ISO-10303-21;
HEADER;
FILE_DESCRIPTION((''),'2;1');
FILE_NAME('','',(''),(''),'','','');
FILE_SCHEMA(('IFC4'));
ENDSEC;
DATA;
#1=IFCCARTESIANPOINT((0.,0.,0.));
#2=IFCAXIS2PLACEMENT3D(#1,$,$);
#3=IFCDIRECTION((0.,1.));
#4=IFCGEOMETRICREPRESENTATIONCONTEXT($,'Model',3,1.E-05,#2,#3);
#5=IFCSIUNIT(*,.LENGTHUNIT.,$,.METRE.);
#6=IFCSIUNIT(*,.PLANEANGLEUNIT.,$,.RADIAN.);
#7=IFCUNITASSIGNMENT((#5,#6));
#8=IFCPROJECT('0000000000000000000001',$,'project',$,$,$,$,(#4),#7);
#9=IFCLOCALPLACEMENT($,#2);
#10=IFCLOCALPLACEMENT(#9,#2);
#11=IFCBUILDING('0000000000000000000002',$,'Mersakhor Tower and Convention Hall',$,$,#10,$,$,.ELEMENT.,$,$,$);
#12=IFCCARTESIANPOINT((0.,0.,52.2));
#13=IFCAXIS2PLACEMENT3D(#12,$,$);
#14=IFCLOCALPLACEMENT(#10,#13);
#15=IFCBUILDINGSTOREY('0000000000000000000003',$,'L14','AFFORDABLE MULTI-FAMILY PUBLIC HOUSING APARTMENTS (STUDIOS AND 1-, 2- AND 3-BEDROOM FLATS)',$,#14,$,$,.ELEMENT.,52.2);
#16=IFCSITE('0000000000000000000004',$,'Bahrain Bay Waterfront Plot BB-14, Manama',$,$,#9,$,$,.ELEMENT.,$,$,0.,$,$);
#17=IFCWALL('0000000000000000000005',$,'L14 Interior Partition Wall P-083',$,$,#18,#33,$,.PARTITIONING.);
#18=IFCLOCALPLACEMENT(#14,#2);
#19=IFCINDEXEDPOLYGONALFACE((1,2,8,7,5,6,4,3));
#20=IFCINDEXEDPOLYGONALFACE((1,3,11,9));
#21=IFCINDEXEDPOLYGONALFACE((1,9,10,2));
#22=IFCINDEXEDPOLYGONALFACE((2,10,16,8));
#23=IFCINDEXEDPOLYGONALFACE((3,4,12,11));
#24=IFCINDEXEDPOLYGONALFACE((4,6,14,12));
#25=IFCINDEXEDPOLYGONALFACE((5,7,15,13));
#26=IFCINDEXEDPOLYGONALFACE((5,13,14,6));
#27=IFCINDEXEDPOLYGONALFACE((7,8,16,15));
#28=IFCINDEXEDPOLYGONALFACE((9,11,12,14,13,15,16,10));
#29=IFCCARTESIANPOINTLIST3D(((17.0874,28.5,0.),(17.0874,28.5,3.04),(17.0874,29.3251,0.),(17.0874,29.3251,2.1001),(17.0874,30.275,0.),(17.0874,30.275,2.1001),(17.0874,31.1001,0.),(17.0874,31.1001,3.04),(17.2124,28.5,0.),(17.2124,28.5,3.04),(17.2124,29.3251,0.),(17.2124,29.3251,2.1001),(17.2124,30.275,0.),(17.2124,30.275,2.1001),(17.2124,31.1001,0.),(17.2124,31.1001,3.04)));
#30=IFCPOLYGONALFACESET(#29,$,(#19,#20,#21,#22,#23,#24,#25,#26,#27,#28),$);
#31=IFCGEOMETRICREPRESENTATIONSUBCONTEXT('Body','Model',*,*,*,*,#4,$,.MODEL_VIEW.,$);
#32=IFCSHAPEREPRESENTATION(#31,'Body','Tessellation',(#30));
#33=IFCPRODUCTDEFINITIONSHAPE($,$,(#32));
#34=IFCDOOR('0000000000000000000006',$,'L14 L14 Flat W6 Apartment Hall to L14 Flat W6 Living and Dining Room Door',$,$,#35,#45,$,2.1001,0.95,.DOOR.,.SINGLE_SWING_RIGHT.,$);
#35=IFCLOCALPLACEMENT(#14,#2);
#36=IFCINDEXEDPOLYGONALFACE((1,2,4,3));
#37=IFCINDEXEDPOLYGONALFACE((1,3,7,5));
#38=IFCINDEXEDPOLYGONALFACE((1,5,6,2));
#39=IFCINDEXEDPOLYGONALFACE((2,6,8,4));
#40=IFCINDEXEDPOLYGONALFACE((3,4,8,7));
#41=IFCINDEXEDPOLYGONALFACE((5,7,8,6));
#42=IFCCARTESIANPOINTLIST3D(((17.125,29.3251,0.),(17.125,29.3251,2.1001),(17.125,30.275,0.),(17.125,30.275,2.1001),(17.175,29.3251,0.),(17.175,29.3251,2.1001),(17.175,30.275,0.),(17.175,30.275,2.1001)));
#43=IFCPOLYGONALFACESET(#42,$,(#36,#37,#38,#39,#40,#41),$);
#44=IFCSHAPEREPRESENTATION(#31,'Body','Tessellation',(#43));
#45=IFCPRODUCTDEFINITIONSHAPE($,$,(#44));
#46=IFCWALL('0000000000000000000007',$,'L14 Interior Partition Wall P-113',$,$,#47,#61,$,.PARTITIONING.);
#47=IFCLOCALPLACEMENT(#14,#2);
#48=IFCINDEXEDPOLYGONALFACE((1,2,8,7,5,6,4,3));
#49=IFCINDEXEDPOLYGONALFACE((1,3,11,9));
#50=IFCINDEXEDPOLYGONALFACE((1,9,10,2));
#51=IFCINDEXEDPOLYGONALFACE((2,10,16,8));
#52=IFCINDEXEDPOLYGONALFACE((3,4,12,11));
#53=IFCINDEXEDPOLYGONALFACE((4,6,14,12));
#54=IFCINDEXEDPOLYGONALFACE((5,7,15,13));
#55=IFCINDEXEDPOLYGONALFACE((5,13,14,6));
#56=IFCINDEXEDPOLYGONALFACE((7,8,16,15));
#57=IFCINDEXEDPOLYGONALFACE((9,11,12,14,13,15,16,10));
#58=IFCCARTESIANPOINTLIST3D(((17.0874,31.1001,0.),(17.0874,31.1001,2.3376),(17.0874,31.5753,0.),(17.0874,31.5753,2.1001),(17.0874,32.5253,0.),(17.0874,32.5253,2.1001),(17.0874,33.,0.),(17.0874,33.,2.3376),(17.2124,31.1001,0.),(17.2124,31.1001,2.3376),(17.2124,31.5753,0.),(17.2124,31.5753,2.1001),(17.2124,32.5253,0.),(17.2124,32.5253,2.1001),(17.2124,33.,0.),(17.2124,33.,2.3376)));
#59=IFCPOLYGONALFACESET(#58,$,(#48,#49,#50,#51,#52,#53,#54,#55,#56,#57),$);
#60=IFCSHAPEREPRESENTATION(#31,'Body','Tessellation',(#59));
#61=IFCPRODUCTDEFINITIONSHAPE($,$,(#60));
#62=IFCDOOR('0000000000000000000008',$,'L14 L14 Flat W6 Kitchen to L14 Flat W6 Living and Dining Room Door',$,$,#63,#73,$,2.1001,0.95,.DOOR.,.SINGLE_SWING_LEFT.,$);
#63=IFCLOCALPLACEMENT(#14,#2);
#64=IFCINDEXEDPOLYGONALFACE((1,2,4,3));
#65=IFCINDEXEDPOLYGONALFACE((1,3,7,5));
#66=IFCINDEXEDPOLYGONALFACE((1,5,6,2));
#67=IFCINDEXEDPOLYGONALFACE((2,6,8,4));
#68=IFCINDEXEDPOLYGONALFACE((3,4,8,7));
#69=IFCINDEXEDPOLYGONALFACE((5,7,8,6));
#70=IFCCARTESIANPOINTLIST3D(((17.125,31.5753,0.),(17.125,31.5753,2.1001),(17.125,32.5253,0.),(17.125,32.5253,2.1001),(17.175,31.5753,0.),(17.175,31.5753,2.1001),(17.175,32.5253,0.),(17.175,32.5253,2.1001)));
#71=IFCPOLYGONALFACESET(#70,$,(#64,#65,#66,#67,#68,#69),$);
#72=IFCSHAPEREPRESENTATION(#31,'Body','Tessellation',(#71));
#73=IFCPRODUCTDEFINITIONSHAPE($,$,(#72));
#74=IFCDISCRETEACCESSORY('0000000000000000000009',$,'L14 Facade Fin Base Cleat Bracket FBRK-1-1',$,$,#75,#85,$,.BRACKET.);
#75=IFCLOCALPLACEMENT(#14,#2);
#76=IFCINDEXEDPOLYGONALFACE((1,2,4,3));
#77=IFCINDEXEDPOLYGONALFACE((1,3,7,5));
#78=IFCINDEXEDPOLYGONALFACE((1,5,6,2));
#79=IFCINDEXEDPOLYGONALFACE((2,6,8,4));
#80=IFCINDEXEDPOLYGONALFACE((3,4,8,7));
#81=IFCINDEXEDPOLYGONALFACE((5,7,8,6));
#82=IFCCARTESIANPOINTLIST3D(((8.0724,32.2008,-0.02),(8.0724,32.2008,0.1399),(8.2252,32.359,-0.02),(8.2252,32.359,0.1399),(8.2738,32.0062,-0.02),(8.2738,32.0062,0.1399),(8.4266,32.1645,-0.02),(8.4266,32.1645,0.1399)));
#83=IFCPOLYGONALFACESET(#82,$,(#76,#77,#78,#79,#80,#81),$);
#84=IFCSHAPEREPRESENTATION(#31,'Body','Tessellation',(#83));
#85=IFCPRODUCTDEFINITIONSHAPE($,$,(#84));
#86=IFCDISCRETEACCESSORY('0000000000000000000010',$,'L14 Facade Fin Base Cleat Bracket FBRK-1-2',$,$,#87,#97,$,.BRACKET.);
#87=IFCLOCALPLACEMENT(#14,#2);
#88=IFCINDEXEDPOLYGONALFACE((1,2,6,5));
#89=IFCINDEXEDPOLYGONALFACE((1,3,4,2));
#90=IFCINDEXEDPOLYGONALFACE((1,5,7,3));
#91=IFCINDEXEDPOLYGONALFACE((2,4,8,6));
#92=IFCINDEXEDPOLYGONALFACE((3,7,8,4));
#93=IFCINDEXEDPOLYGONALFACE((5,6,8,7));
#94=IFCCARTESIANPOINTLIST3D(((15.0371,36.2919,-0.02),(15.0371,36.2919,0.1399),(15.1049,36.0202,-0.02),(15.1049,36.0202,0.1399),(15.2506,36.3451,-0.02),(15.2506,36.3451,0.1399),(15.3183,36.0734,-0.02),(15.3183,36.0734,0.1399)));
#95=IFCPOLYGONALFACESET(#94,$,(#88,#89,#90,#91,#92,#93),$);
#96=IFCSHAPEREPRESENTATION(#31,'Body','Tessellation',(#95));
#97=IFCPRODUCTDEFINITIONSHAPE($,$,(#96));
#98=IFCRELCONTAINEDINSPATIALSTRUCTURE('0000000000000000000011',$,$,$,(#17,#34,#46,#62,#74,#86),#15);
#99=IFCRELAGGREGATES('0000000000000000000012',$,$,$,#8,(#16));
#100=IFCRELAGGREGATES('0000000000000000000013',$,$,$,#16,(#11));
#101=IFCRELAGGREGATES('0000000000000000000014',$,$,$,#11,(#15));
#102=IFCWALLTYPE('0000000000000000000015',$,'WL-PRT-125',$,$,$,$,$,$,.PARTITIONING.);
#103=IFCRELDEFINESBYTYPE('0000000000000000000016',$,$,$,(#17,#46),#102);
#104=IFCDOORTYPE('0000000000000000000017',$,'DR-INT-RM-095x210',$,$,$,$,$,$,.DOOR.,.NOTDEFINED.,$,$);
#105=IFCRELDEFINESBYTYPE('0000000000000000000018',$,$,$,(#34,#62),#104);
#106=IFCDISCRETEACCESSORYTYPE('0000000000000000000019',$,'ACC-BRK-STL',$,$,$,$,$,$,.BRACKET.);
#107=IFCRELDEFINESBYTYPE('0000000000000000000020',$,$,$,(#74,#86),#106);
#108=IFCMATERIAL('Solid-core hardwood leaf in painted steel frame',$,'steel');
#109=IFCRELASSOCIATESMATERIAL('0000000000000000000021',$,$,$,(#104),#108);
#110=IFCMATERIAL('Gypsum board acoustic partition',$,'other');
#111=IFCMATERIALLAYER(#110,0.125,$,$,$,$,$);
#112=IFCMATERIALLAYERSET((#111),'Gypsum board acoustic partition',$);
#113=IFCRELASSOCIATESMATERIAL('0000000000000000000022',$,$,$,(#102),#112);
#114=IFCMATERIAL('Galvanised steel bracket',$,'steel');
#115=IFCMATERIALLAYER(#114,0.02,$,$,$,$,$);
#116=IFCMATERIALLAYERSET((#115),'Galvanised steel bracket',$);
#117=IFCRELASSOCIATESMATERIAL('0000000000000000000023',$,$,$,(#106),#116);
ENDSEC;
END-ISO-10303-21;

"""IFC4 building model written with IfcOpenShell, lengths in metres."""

from ifc_helpers import new_model, si_unit, direction, frame, frame_2d, origin, origin_2d, place, context, subcontext, project, spatial, rectangle, extrude, material, layer, layer_set, type_object, element, fill, save


model = new_model("IFC4")

# Units and contexts
model_context = context("Model", 3, precision=1e-05, world=origin(), true_north=direction((0.0, 1.0)))
body_context = subcontext(model_context, "Body", "Model", "MODEL_VIEW")
ifc_project = project(units=[si_unit("LENGTHUNIT", "METRE"), si_unit("PLANEANGLEUNIT", "RADIAN")], contexts=[model_context])

# Site, building, storey
site_placement = place(None, origin())
site = spatial("IfcSite", under=ifc_project, at=site_placement, Name="Bahrain Bay Waterfront Plot BB-14, Manama", CompositionType="ELEMENT", RefElevation=0.0)
building_placement = place(site_placement, origin())
building = spatial("IfcBuilding", under=site, at=building_placement, Name="Mersakhor Tower and Convention Hall", CompositionType="ELEMENT")
storey_placement = place(building_placement, frame((0.0, 0.0, 52.2)))
storey = spatial("IfcBuildingStorey", under=building, at=storey_placement, Name="L14", Description="AFFORDABLE MULTI-FAMILY PUBLIC HOUSING APARTMENTS (STUDIOS AND 1-, 2- AND 3-BEDROOM FLATS)", CompositionType="ELEMENT", Elevation=52.2)

# Shared definitions
ifc_material_1 = material(Name="Solid-core hardwood leaf in painted steel frame", Category="steel")
door_type_1 = type_object("IfcDoorType", Name="DR-INT-RM-095x210", OperationType="NOTDEFINED", PredefinedType="DOOR", material=ifc_material_1)

# Walls, openings, doors
ifc_material_2 = material(Name="Gypsum board acoustic partition", Category="other")
ifc_layer_1 = layer(ifc_material_2, 0.125)
ifc_layer_set_1 = layer_set([ifc_layer_1], Name="Gypsum board acoustic partition")
wall_type_1 = type_object("IfcWallType", Name="WL-PRT-125", PredefinedType="PARTITIONING", material=ifc_layer_set_1)
wall_1_placement = place(storey_placement, frame((17.1499, 28.5, 0.0), z_axis=(0.0, 0.0, 1.0), x_axis=(0.0, 1.0, 0.0)))
wall_1 = element("IfcWall", 1, at=wall_1_placement, inside=storey, type_object=wall_type_1, Name="L14 Interior Partition Wall P-083", PredefinedType="PARTITIONING", context=body_context, shape_type="SweptSolid", body=[
    extrude(rectangle(XDim=2.6001, YDim=0.125, at=frame_2d((1.3, 0.0))), origin(), (0.0, 0.0, 1.0), 3.04),
])
opening_1_placement = place(wall_1_placement, frame((0.825, 0.0, 0.0)))
opening_1 = element("IfcOpeningElement", 2, at=opening_1_placement, cuts=wall_1, PredefinedType="OPENING", context=body_context, shape_type="SweptSolid", body=[
    extrude(rectangle(XDim=0.95, YDim=2.1001, at=frame_2d((0.4751, 1.05))), frame((0.0, 0.0725, 0.0), z_axis=(0.0, -1.0, 0.0), x_axis=(1.0, 0.0, 0.0)), (0.0, 0.0, 1.0), 0.145),
])
door_1_placement = place(opening_1_placement, origin())
door_1 = element("IfcDoor", 3, at=door_1_placement, inside=storey, type_object=door_type_1, Name="L14 L14 Flat W6 Apartment Hall to L14 Flat W6 Living and Dining Room Door", OperationType="SINGLE_SWING_RIGHT", OverallHeight=2.1001, OverallWidth=0.95, PredefinedType="DOOR", context=body_context, shape_type="SweptSolid", body=[
    extrude(rectangle(XDim=0.95, YDim=2.1001, at=frame_2d((0.4751, 1.05))), frame((0.0, 0.0249, 0.0), z_axis=(0.0, -1.0, 0.0), x_axis=(1.0, 0.0, 0.0)), (0.0, 0.0, 1.0), 0.05),
])
fill(opening_1, door_1)
wall_2_placement = place(storey_placement, frame((17.1499, 31.1001, 0.0), z_axis=(0.0, 0.0, 1.0), x_axis=(0.0, 1.0, 0.0)))
wall_2 = element("IfcWall", 4, at=wall_2_placement, inside=storey, type_object=wall_type_1, Name="L14 Interior Partition Wall P-113", PredefinedType="PARTITIONING", context=body_context, shape_type="SweptSolid", body=[
    extrude(rectangle(XDim=1.8999, YDim=0.125, at=frame_2d((0.95, 0.0))), origin(), (0.0, 0.0, 1.0), 2.3376),
])
opening_2_placement = place(wall_2_placement, frame((0.4751, 0.0, 0.0)))
opening_2 = element("IfcOpeningElement", 5, at=opening_2_placement, cuts=wall_2, PredefinedType="OPENING", context=body_context, shape_type="SweptSolid", body=[
    extrude(rectangle(XDim=0.95, YDim=2.1001, at=frame_2d((0.4751, 1.05))), frame((0.0, 0.0725, 0.0), z_axis=(0.0, -1.0, 0.0), x_axis=(1.0, 0.0, 0.0)), (0.0, 0.0, 1.0), 0.145),
])
door_2_placement = place(opening_2_placement, origin())
door_2 = element("IfcDoor", 6, at=door_2_placement, inside=storey, type_object=door_type_1, Name="L14 L14 Flat W6 Kitchen to L14 Flat W6 Living and Dining Room Door", OperationType="SINGLE_SWING_LEFT", OverallHeight=2.1001, OverallWidth=0.95, PredefinedType="DOOR", context=body_context, shape_type="SweptSolid", body=[
    extrude(rectangle(XDim=0.95, YDim=2.1001, at=frame_2d((0.4751, 1.05))), frame((0.0, 0.0249, 0.0), z_axis=(0.0, -1.0, 0.0), x_axis=(1.0, 0.0, 0.0)), (0.0, 0.0, 1.0), 0.05),
])
fill(opening_2, door_2)

# Discrete accessories
ifc_material_3 = material(Name="Galvanised steel bracket", Category="steel")
ifc_layer_2 = layer(ifc_material_3, 0.02)
ifc_layer_set_2 = layer_set([ifc_layer_2], Name="Galvanised steel bracket")
discrete_accessory_type = type_object("IfcDiscreteAccessoryType", Name="ACC-BRK-STL", PredefinedType="BRACKET", material=ifc_layer_set_2)
for number, where, z_axis, x_axis, name in (
    (7, (8.2495, 32.1826, -0.02), (0.0, 0.0, 1.0), (-0.71934, 0.694658, 0.0), "L14 Facade Fin Base Cleat Bracket FBRK-1-1"),
    (8, (15.1777, 36.1826, -0.02), (0.0, 0.0, 1.0), (-0.241922, 0.970296, 0.0), "L14 Facade Fin Base Cleat Bracket FBRK-1-2"),
):
    element("IfcDiscreteAccessory", number, at=place(storey_placement, frame(where, z_axis=z_axis, x_axis=x_axis)), inside=storey, type_object=discrete_accessory_type, Name=name, PredefinedType="BRACKET", context=body_context, shape_type="SweptSolid", body=[
        extrude(rectangle(XDim=0.28, YDim=0.22, at=origin_2d()), origin(), (0.0, 0.0, 1.0), 0.1599),
    ])

save(model, "model.ifc")
